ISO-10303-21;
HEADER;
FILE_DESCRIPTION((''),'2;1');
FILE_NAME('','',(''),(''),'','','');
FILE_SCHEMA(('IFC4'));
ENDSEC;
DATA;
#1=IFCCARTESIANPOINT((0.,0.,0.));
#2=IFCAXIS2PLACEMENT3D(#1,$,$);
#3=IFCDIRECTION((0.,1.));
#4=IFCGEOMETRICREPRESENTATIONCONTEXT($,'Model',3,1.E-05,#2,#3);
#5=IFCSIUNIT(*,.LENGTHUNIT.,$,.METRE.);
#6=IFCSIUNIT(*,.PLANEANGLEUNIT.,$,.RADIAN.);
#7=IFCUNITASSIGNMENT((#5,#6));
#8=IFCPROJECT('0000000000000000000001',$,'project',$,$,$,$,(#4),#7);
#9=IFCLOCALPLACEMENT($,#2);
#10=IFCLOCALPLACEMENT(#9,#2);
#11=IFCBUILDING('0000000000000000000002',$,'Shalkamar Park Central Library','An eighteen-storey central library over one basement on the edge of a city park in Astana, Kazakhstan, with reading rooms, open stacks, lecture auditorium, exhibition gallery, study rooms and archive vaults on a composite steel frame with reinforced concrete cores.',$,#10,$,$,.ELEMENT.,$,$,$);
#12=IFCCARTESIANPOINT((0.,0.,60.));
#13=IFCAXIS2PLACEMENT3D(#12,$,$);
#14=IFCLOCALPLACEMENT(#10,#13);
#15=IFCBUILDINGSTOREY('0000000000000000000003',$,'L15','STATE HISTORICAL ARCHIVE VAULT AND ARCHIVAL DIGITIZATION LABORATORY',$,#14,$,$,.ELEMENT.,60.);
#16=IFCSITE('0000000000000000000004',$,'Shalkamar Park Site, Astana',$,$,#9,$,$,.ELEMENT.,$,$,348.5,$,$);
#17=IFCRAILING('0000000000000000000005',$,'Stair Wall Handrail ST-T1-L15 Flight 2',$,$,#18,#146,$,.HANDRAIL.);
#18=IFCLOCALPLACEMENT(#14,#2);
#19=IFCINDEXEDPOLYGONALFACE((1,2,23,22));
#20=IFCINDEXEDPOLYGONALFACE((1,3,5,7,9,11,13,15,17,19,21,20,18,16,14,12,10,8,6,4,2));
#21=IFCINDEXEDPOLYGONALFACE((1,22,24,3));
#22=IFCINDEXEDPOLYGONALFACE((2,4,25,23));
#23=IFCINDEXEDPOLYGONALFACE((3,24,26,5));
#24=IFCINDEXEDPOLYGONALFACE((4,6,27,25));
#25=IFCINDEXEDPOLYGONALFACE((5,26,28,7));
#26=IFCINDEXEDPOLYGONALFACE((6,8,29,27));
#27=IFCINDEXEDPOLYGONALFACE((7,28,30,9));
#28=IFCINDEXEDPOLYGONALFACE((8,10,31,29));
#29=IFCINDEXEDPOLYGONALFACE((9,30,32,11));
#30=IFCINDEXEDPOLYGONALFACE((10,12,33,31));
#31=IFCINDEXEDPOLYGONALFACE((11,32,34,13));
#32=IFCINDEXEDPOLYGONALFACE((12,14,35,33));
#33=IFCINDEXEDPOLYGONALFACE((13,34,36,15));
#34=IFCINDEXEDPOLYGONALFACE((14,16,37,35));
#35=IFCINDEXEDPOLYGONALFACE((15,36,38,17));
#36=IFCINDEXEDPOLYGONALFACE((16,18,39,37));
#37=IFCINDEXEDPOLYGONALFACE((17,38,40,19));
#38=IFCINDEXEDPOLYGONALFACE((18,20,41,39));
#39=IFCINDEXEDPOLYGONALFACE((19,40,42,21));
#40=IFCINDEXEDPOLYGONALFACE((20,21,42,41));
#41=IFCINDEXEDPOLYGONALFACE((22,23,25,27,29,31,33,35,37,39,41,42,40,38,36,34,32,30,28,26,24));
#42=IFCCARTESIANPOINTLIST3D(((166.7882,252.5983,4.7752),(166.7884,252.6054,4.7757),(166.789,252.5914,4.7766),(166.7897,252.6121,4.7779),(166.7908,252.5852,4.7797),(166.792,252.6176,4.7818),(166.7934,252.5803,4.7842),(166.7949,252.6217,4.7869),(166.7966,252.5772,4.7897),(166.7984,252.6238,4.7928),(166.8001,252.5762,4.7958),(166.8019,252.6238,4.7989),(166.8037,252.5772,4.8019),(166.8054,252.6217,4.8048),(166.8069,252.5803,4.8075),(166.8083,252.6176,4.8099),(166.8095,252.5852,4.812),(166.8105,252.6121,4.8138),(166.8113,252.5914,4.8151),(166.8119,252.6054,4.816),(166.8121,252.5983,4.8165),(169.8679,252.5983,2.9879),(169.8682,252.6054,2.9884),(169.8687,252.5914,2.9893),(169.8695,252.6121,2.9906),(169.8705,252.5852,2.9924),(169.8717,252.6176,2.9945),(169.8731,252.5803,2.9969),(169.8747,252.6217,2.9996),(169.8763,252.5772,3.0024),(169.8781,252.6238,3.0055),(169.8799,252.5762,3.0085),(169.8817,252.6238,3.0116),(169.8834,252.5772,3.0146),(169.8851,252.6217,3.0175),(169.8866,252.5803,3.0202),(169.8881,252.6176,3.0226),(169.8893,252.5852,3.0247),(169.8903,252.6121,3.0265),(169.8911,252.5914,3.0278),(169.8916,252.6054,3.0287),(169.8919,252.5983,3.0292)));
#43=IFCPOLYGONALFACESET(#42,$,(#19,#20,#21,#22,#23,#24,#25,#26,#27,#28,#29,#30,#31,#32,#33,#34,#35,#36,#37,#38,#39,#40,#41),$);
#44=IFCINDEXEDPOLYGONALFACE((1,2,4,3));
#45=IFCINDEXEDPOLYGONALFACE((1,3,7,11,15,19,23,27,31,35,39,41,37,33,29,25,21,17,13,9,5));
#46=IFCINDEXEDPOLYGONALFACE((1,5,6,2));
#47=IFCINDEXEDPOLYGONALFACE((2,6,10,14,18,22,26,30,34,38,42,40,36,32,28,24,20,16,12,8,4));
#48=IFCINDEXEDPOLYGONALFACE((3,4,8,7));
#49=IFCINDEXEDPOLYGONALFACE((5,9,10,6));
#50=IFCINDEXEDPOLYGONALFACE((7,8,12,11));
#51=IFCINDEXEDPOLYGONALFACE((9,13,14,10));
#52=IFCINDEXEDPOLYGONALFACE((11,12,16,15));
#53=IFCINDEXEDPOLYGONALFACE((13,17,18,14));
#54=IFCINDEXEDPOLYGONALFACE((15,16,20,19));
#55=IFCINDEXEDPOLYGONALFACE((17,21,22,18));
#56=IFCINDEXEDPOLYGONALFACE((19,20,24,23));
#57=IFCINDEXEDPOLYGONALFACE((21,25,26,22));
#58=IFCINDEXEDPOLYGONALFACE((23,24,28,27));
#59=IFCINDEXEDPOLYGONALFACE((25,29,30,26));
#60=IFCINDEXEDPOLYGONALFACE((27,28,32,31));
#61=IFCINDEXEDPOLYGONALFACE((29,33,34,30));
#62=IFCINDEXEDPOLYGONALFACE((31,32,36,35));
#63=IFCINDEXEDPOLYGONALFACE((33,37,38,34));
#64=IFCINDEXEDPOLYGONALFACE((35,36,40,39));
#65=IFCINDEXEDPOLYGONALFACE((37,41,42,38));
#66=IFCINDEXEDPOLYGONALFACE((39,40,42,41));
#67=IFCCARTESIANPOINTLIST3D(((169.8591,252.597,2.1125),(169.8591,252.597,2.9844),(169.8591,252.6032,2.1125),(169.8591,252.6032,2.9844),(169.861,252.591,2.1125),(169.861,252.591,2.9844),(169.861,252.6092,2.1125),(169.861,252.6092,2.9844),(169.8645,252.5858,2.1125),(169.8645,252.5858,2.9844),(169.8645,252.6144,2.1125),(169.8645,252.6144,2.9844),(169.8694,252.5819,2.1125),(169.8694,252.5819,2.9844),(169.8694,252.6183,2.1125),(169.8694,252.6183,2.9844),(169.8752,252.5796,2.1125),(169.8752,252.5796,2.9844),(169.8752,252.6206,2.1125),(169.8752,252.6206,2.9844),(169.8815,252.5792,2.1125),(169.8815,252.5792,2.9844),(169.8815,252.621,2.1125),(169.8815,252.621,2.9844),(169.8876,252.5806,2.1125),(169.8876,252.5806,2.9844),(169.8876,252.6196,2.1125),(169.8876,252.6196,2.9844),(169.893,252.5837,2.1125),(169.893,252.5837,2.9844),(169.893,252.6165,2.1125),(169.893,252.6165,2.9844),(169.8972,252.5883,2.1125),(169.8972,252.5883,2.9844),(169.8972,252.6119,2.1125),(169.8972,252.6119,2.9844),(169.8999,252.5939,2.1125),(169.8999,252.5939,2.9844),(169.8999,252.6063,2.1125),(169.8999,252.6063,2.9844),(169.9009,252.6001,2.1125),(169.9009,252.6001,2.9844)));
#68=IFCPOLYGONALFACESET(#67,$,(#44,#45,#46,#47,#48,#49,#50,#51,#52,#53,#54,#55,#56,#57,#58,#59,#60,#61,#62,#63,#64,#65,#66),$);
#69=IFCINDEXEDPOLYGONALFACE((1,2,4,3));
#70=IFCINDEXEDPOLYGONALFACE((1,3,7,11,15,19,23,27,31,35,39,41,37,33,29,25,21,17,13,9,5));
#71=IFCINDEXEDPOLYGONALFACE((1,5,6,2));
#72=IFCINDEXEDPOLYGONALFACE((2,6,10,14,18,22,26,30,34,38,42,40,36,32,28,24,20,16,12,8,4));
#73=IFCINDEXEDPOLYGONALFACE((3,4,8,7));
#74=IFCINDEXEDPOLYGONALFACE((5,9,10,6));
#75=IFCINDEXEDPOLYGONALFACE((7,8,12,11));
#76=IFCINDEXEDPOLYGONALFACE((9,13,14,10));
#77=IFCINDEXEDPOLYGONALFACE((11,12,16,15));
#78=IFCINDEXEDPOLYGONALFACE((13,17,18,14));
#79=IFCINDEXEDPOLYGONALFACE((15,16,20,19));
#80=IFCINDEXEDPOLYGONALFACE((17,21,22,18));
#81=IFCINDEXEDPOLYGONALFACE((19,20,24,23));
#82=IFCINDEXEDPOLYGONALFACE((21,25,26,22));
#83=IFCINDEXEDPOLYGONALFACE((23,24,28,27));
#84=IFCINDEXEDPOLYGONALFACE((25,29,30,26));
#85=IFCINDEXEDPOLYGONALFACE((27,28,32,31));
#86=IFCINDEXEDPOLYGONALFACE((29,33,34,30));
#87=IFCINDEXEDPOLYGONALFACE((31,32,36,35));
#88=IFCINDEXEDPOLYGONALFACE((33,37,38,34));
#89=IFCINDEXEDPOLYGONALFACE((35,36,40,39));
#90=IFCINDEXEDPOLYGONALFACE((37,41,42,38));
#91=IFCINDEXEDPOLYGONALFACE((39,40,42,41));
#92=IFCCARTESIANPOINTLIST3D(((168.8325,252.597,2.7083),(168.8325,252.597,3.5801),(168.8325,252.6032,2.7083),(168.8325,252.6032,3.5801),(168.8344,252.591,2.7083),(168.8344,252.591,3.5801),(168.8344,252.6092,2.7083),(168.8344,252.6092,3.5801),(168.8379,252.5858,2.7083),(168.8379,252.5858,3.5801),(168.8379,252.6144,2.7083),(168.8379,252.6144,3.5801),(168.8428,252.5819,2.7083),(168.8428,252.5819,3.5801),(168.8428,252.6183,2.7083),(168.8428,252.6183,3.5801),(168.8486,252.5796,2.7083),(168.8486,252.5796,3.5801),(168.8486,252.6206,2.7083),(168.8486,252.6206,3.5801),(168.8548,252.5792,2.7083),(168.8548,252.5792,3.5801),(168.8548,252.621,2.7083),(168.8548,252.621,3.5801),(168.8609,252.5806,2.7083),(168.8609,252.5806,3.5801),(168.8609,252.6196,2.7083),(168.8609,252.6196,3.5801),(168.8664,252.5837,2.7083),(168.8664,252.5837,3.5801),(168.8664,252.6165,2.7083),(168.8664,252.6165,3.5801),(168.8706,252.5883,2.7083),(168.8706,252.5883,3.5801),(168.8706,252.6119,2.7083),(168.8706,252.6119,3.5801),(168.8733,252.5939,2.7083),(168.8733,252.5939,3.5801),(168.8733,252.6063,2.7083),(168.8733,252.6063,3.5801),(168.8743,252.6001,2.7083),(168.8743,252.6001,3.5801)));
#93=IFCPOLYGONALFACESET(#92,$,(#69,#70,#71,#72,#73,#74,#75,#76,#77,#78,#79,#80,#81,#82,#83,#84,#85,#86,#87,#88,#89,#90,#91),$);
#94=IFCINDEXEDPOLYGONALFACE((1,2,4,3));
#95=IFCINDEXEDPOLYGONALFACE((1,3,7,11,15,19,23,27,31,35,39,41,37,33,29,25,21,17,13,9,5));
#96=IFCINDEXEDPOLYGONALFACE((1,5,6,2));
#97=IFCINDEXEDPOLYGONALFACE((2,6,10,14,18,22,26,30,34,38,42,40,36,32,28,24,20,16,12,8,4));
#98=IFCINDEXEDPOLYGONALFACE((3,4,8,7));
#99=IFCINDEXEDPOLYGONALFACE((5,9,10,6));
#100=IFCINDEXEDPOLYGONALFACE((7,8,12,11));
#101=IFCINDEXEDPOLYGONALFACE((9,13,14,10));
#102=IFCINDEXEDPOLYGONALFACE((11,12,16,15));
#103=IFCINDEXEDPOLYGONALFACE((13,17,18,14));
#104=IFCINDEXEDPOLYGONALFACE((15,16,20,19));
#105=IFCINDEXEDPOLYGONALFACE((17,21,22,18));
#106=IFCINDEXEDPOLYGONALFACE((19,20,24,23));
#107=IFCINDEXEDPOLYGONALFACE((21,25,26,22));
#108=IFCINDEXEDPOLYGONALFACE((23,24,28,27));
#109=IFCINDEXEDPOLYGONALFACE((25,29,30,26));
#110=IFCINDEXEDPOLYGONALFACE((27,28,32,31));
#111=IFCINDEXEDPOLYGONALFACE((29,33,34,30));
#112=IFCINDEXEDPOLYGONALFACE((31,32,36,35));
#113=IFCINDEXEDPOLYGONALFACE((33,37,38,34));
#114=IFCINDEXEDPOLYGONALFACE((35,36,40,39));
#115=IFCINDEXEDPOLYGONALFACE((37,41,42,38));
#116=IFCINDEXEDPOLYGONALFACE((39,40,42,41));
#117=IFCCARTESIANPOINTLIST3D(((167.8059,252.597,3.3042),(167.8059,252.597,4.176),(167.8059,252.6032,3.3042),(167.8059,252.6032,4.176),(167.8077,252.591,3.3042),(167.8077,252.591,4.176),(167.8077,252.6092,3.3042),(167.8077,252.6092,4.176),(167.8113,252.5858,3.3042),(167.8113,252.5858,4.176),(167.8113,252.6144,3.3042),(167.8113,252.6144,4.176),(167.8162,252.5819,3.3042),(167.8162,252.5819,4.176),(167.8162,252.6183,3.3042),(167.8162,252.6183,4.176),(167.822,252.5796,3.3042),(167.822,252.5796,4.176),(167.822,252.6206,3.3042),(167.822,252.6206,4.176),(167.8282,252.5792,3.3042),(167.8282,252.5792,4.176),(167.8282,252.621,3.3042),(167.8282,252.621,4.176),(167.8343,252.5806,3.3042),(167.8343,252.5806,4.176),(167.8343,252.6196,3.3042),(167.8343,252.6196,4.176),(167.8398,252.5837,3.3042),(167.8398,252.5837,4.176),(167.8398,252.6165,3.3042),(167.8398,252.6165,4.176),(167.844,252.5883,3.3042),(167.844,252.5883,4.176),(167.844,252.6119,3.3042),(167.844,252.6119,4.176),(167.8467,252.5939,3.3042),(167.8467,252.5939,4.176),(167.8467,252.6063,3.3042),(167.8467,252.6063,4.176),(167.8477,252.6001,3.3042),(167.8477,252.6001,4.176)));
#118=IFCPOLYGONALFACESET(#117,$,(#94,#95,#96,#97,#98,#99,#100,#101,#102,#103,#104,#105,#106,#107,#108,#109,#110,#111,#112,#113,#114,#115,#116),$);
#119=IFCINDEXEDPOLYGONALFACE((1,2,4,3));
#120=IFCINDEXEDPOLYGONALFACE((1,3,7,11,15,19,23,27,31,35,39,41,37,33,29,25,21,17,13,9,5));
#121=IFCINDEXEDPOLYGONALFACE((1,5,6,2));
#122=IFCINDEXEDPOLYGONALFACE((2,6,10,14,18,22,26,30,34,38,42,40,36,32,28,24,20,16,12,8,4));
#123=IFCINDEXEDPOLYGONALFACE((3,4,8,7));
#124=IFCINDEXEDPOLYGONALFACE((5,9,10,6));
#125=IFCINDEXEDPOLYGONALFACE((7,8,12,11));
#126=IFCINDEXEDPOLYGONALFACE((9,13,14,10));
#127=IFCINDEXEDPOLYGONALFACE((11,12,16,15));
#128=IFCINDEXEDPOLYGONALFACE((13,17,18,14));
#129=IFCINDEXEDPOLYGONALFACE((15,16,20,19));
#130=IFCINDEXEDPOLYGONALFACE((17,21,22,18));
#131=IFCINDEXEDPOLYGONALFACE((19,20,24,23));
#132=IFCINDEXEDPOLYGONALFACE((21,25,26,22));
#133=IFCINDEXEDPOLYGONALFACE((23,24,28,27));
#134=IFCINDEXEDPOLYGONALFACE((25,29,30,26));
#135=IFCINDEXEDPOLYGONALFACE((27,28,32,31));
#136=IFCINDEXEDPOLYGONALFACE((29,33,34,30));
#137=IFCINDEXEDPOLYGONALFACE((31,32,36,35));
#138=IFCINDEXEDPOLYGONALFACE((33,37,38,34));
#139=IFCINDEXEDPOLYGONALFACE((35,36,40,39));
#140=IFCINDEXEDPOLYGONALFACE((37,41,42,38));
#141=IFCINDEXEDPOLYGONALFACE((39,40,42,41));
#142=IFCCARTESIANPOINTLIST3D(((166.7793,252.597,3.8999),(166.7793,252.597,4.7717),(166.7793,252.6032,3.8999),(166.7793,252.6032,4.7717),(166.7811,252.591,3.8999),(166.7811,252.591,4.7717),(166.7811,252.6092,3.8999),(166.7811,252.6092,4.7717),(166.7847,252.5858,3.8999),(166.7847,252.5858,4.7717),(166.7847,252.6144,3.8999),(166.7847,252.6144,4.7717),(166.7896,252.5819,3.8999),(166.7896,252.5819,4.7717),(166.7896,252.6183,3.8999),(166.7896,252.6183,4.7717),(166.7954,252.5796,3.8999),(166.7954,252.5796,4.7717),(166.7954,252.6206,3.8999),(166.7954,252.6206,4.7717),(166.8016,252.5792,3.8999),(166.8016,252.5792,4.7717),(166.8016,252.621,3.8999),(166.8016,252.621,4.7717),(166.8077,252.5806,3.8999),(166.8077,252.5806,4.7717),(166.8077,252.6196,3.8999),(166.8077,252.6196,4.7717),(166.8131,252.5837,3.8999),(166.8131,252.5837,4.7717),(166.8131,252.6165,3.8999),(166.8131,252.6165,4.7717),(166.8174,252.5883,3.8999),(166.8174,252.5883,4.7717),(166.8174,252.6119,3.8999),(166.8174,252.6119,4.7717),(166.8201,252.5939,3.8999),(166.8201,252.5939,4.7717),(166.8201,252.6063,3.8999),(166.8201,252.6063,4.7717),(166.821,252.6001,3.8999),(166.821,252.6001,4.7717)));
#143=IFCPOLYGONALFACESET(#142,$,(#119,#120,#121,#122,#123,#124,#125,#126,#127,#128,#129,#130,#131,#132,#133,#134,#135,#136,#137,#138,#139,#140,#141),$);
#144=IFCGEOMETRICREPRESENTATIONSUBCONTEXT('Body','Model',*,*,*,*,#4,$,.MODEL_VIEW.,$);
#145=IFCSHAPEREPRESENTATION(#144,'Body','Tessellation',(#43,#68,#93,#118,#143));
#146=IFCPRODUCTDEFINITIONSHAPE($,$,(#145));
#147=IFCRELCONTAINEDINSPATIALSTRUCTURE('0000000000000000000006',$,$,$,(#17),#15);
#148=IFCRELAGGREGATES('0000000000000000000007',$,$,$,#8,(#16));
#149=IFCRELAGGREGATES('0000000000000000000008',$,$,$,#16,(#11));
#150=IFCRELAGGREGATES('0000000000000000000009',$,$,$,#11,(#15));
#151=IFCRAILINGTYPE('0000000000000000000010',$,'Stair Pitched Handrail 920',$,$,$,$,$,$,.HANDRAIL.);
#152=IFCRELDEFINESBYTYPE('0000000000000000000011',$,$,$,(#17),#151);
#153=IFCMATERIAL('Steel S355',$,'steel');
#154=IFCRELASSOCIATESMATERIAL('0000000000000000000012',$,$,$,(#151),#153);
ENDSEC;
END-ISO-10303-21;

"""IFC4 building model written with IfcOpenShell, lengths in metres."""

from ifc_helpers import new_model, si_unit, direction, frame, origin, origin_2d, place, context, subcontext, project, spatial, circle, extrude, material, type_object, element, save


model = new_model("IFC4")

# Units and contexts
model_context = context("Model", 3, precision=1e-05, world=origin(), true_north=direction((0.0, 1.0)))
body_context = subcontext(model_context, "Body", "Model", "MODEL_VIEW")
ifc_project = project(units=[si_unit("LENGTHUNIT", "METRE"), si_unit("PLANEANGLEUNIT", "RADIAN")], contexts=[model_context])

# Site, building, storey
site_placement = place(None, origin())
site = spatial("IfcSite", under=ifc_project, at=site_placement, Name="Shalkamar Park Site, Astana", CompositionType="ELEMENT", RefElevation=348.5)
building_placement = place(site_placement, origin())
building = spatial("IfcBuilding", under=site, at=building_placement, Name="Shalkamar Park Central Library", Description="An eighteen-storey central library over one basement on the edge of a city park in Astana, Kazakhstan, with reading rooms, open stacks, lecture auditorium, exhibition gallery, study rooms and archive vaults on a composite steel frame with reinforced concrete cores.", CompositionType="ELEMENT")
storey_placement = place(building_placement, frame((0.0, 0.0, 60.0)))
storey = spatial("IfcBuildingStorey", under=building, at=storey_placement, Name="L15", Description="STATE HISTORICAL ARCHIVE VAULT AND ARCHIVAL DIGITIZATION LABORATORY", CompositionType="ELEMENT", Elevation=60.0)

# Shared definitions
ifc_material_1 = material(Name="Steel S355", Category="steel")

# Railing
railing_type = type_object("IfcRailingType", Name="Stair Pitched Handrail 920", PredefinedType="HANDRAIL", material=ifc_material_1)
railing_placement = place(storey_placement, frame((169.8799, 252.6001, 2.1125)))
element("IfcRailing", 1, at=railing_placement, inside=storey, type_object=railing_type, Name="Stair Wall Handrail ST-T1-L15 Flight 2", PredefinedType="HANDRAIL", context=body_context, shape_type="SweptSolid", body=[
    extrude(circle(Radius=0.0239, at=origin_2d()), frame((0.0, 0.0, 0.896), z_axis=(-0.864903, 0.0, 0.501939), x_axis=(0.0, -1.0, 0.0)), (0.0, 0.0, 1.0), 3.5608),
    extrude(circle(Radius=0.021, at=origin_2d()), origin(), (0.0, 0.0, 1.0), 0.8718),
    extrude(circle(Radius=0.021, at=origin_2d()), frame((-1.0266, 0.0, 0.5957)), (0.0, 0.0, 1.0), 0.8718),
    extrude(circle(Radius=0.021, at=origin_2d()), frame((-2.0532, 0.0, 1.1917)), (0.0, 0.0, 1.0), 0.8718),
    extrude(circle(Radius=0.021, at=origin_2d()), frame((-3.0798, 0.0, 1.7874)), (0.0, 0.0, 1.0), 0.8718),
])

save(model, "model.ifc")
